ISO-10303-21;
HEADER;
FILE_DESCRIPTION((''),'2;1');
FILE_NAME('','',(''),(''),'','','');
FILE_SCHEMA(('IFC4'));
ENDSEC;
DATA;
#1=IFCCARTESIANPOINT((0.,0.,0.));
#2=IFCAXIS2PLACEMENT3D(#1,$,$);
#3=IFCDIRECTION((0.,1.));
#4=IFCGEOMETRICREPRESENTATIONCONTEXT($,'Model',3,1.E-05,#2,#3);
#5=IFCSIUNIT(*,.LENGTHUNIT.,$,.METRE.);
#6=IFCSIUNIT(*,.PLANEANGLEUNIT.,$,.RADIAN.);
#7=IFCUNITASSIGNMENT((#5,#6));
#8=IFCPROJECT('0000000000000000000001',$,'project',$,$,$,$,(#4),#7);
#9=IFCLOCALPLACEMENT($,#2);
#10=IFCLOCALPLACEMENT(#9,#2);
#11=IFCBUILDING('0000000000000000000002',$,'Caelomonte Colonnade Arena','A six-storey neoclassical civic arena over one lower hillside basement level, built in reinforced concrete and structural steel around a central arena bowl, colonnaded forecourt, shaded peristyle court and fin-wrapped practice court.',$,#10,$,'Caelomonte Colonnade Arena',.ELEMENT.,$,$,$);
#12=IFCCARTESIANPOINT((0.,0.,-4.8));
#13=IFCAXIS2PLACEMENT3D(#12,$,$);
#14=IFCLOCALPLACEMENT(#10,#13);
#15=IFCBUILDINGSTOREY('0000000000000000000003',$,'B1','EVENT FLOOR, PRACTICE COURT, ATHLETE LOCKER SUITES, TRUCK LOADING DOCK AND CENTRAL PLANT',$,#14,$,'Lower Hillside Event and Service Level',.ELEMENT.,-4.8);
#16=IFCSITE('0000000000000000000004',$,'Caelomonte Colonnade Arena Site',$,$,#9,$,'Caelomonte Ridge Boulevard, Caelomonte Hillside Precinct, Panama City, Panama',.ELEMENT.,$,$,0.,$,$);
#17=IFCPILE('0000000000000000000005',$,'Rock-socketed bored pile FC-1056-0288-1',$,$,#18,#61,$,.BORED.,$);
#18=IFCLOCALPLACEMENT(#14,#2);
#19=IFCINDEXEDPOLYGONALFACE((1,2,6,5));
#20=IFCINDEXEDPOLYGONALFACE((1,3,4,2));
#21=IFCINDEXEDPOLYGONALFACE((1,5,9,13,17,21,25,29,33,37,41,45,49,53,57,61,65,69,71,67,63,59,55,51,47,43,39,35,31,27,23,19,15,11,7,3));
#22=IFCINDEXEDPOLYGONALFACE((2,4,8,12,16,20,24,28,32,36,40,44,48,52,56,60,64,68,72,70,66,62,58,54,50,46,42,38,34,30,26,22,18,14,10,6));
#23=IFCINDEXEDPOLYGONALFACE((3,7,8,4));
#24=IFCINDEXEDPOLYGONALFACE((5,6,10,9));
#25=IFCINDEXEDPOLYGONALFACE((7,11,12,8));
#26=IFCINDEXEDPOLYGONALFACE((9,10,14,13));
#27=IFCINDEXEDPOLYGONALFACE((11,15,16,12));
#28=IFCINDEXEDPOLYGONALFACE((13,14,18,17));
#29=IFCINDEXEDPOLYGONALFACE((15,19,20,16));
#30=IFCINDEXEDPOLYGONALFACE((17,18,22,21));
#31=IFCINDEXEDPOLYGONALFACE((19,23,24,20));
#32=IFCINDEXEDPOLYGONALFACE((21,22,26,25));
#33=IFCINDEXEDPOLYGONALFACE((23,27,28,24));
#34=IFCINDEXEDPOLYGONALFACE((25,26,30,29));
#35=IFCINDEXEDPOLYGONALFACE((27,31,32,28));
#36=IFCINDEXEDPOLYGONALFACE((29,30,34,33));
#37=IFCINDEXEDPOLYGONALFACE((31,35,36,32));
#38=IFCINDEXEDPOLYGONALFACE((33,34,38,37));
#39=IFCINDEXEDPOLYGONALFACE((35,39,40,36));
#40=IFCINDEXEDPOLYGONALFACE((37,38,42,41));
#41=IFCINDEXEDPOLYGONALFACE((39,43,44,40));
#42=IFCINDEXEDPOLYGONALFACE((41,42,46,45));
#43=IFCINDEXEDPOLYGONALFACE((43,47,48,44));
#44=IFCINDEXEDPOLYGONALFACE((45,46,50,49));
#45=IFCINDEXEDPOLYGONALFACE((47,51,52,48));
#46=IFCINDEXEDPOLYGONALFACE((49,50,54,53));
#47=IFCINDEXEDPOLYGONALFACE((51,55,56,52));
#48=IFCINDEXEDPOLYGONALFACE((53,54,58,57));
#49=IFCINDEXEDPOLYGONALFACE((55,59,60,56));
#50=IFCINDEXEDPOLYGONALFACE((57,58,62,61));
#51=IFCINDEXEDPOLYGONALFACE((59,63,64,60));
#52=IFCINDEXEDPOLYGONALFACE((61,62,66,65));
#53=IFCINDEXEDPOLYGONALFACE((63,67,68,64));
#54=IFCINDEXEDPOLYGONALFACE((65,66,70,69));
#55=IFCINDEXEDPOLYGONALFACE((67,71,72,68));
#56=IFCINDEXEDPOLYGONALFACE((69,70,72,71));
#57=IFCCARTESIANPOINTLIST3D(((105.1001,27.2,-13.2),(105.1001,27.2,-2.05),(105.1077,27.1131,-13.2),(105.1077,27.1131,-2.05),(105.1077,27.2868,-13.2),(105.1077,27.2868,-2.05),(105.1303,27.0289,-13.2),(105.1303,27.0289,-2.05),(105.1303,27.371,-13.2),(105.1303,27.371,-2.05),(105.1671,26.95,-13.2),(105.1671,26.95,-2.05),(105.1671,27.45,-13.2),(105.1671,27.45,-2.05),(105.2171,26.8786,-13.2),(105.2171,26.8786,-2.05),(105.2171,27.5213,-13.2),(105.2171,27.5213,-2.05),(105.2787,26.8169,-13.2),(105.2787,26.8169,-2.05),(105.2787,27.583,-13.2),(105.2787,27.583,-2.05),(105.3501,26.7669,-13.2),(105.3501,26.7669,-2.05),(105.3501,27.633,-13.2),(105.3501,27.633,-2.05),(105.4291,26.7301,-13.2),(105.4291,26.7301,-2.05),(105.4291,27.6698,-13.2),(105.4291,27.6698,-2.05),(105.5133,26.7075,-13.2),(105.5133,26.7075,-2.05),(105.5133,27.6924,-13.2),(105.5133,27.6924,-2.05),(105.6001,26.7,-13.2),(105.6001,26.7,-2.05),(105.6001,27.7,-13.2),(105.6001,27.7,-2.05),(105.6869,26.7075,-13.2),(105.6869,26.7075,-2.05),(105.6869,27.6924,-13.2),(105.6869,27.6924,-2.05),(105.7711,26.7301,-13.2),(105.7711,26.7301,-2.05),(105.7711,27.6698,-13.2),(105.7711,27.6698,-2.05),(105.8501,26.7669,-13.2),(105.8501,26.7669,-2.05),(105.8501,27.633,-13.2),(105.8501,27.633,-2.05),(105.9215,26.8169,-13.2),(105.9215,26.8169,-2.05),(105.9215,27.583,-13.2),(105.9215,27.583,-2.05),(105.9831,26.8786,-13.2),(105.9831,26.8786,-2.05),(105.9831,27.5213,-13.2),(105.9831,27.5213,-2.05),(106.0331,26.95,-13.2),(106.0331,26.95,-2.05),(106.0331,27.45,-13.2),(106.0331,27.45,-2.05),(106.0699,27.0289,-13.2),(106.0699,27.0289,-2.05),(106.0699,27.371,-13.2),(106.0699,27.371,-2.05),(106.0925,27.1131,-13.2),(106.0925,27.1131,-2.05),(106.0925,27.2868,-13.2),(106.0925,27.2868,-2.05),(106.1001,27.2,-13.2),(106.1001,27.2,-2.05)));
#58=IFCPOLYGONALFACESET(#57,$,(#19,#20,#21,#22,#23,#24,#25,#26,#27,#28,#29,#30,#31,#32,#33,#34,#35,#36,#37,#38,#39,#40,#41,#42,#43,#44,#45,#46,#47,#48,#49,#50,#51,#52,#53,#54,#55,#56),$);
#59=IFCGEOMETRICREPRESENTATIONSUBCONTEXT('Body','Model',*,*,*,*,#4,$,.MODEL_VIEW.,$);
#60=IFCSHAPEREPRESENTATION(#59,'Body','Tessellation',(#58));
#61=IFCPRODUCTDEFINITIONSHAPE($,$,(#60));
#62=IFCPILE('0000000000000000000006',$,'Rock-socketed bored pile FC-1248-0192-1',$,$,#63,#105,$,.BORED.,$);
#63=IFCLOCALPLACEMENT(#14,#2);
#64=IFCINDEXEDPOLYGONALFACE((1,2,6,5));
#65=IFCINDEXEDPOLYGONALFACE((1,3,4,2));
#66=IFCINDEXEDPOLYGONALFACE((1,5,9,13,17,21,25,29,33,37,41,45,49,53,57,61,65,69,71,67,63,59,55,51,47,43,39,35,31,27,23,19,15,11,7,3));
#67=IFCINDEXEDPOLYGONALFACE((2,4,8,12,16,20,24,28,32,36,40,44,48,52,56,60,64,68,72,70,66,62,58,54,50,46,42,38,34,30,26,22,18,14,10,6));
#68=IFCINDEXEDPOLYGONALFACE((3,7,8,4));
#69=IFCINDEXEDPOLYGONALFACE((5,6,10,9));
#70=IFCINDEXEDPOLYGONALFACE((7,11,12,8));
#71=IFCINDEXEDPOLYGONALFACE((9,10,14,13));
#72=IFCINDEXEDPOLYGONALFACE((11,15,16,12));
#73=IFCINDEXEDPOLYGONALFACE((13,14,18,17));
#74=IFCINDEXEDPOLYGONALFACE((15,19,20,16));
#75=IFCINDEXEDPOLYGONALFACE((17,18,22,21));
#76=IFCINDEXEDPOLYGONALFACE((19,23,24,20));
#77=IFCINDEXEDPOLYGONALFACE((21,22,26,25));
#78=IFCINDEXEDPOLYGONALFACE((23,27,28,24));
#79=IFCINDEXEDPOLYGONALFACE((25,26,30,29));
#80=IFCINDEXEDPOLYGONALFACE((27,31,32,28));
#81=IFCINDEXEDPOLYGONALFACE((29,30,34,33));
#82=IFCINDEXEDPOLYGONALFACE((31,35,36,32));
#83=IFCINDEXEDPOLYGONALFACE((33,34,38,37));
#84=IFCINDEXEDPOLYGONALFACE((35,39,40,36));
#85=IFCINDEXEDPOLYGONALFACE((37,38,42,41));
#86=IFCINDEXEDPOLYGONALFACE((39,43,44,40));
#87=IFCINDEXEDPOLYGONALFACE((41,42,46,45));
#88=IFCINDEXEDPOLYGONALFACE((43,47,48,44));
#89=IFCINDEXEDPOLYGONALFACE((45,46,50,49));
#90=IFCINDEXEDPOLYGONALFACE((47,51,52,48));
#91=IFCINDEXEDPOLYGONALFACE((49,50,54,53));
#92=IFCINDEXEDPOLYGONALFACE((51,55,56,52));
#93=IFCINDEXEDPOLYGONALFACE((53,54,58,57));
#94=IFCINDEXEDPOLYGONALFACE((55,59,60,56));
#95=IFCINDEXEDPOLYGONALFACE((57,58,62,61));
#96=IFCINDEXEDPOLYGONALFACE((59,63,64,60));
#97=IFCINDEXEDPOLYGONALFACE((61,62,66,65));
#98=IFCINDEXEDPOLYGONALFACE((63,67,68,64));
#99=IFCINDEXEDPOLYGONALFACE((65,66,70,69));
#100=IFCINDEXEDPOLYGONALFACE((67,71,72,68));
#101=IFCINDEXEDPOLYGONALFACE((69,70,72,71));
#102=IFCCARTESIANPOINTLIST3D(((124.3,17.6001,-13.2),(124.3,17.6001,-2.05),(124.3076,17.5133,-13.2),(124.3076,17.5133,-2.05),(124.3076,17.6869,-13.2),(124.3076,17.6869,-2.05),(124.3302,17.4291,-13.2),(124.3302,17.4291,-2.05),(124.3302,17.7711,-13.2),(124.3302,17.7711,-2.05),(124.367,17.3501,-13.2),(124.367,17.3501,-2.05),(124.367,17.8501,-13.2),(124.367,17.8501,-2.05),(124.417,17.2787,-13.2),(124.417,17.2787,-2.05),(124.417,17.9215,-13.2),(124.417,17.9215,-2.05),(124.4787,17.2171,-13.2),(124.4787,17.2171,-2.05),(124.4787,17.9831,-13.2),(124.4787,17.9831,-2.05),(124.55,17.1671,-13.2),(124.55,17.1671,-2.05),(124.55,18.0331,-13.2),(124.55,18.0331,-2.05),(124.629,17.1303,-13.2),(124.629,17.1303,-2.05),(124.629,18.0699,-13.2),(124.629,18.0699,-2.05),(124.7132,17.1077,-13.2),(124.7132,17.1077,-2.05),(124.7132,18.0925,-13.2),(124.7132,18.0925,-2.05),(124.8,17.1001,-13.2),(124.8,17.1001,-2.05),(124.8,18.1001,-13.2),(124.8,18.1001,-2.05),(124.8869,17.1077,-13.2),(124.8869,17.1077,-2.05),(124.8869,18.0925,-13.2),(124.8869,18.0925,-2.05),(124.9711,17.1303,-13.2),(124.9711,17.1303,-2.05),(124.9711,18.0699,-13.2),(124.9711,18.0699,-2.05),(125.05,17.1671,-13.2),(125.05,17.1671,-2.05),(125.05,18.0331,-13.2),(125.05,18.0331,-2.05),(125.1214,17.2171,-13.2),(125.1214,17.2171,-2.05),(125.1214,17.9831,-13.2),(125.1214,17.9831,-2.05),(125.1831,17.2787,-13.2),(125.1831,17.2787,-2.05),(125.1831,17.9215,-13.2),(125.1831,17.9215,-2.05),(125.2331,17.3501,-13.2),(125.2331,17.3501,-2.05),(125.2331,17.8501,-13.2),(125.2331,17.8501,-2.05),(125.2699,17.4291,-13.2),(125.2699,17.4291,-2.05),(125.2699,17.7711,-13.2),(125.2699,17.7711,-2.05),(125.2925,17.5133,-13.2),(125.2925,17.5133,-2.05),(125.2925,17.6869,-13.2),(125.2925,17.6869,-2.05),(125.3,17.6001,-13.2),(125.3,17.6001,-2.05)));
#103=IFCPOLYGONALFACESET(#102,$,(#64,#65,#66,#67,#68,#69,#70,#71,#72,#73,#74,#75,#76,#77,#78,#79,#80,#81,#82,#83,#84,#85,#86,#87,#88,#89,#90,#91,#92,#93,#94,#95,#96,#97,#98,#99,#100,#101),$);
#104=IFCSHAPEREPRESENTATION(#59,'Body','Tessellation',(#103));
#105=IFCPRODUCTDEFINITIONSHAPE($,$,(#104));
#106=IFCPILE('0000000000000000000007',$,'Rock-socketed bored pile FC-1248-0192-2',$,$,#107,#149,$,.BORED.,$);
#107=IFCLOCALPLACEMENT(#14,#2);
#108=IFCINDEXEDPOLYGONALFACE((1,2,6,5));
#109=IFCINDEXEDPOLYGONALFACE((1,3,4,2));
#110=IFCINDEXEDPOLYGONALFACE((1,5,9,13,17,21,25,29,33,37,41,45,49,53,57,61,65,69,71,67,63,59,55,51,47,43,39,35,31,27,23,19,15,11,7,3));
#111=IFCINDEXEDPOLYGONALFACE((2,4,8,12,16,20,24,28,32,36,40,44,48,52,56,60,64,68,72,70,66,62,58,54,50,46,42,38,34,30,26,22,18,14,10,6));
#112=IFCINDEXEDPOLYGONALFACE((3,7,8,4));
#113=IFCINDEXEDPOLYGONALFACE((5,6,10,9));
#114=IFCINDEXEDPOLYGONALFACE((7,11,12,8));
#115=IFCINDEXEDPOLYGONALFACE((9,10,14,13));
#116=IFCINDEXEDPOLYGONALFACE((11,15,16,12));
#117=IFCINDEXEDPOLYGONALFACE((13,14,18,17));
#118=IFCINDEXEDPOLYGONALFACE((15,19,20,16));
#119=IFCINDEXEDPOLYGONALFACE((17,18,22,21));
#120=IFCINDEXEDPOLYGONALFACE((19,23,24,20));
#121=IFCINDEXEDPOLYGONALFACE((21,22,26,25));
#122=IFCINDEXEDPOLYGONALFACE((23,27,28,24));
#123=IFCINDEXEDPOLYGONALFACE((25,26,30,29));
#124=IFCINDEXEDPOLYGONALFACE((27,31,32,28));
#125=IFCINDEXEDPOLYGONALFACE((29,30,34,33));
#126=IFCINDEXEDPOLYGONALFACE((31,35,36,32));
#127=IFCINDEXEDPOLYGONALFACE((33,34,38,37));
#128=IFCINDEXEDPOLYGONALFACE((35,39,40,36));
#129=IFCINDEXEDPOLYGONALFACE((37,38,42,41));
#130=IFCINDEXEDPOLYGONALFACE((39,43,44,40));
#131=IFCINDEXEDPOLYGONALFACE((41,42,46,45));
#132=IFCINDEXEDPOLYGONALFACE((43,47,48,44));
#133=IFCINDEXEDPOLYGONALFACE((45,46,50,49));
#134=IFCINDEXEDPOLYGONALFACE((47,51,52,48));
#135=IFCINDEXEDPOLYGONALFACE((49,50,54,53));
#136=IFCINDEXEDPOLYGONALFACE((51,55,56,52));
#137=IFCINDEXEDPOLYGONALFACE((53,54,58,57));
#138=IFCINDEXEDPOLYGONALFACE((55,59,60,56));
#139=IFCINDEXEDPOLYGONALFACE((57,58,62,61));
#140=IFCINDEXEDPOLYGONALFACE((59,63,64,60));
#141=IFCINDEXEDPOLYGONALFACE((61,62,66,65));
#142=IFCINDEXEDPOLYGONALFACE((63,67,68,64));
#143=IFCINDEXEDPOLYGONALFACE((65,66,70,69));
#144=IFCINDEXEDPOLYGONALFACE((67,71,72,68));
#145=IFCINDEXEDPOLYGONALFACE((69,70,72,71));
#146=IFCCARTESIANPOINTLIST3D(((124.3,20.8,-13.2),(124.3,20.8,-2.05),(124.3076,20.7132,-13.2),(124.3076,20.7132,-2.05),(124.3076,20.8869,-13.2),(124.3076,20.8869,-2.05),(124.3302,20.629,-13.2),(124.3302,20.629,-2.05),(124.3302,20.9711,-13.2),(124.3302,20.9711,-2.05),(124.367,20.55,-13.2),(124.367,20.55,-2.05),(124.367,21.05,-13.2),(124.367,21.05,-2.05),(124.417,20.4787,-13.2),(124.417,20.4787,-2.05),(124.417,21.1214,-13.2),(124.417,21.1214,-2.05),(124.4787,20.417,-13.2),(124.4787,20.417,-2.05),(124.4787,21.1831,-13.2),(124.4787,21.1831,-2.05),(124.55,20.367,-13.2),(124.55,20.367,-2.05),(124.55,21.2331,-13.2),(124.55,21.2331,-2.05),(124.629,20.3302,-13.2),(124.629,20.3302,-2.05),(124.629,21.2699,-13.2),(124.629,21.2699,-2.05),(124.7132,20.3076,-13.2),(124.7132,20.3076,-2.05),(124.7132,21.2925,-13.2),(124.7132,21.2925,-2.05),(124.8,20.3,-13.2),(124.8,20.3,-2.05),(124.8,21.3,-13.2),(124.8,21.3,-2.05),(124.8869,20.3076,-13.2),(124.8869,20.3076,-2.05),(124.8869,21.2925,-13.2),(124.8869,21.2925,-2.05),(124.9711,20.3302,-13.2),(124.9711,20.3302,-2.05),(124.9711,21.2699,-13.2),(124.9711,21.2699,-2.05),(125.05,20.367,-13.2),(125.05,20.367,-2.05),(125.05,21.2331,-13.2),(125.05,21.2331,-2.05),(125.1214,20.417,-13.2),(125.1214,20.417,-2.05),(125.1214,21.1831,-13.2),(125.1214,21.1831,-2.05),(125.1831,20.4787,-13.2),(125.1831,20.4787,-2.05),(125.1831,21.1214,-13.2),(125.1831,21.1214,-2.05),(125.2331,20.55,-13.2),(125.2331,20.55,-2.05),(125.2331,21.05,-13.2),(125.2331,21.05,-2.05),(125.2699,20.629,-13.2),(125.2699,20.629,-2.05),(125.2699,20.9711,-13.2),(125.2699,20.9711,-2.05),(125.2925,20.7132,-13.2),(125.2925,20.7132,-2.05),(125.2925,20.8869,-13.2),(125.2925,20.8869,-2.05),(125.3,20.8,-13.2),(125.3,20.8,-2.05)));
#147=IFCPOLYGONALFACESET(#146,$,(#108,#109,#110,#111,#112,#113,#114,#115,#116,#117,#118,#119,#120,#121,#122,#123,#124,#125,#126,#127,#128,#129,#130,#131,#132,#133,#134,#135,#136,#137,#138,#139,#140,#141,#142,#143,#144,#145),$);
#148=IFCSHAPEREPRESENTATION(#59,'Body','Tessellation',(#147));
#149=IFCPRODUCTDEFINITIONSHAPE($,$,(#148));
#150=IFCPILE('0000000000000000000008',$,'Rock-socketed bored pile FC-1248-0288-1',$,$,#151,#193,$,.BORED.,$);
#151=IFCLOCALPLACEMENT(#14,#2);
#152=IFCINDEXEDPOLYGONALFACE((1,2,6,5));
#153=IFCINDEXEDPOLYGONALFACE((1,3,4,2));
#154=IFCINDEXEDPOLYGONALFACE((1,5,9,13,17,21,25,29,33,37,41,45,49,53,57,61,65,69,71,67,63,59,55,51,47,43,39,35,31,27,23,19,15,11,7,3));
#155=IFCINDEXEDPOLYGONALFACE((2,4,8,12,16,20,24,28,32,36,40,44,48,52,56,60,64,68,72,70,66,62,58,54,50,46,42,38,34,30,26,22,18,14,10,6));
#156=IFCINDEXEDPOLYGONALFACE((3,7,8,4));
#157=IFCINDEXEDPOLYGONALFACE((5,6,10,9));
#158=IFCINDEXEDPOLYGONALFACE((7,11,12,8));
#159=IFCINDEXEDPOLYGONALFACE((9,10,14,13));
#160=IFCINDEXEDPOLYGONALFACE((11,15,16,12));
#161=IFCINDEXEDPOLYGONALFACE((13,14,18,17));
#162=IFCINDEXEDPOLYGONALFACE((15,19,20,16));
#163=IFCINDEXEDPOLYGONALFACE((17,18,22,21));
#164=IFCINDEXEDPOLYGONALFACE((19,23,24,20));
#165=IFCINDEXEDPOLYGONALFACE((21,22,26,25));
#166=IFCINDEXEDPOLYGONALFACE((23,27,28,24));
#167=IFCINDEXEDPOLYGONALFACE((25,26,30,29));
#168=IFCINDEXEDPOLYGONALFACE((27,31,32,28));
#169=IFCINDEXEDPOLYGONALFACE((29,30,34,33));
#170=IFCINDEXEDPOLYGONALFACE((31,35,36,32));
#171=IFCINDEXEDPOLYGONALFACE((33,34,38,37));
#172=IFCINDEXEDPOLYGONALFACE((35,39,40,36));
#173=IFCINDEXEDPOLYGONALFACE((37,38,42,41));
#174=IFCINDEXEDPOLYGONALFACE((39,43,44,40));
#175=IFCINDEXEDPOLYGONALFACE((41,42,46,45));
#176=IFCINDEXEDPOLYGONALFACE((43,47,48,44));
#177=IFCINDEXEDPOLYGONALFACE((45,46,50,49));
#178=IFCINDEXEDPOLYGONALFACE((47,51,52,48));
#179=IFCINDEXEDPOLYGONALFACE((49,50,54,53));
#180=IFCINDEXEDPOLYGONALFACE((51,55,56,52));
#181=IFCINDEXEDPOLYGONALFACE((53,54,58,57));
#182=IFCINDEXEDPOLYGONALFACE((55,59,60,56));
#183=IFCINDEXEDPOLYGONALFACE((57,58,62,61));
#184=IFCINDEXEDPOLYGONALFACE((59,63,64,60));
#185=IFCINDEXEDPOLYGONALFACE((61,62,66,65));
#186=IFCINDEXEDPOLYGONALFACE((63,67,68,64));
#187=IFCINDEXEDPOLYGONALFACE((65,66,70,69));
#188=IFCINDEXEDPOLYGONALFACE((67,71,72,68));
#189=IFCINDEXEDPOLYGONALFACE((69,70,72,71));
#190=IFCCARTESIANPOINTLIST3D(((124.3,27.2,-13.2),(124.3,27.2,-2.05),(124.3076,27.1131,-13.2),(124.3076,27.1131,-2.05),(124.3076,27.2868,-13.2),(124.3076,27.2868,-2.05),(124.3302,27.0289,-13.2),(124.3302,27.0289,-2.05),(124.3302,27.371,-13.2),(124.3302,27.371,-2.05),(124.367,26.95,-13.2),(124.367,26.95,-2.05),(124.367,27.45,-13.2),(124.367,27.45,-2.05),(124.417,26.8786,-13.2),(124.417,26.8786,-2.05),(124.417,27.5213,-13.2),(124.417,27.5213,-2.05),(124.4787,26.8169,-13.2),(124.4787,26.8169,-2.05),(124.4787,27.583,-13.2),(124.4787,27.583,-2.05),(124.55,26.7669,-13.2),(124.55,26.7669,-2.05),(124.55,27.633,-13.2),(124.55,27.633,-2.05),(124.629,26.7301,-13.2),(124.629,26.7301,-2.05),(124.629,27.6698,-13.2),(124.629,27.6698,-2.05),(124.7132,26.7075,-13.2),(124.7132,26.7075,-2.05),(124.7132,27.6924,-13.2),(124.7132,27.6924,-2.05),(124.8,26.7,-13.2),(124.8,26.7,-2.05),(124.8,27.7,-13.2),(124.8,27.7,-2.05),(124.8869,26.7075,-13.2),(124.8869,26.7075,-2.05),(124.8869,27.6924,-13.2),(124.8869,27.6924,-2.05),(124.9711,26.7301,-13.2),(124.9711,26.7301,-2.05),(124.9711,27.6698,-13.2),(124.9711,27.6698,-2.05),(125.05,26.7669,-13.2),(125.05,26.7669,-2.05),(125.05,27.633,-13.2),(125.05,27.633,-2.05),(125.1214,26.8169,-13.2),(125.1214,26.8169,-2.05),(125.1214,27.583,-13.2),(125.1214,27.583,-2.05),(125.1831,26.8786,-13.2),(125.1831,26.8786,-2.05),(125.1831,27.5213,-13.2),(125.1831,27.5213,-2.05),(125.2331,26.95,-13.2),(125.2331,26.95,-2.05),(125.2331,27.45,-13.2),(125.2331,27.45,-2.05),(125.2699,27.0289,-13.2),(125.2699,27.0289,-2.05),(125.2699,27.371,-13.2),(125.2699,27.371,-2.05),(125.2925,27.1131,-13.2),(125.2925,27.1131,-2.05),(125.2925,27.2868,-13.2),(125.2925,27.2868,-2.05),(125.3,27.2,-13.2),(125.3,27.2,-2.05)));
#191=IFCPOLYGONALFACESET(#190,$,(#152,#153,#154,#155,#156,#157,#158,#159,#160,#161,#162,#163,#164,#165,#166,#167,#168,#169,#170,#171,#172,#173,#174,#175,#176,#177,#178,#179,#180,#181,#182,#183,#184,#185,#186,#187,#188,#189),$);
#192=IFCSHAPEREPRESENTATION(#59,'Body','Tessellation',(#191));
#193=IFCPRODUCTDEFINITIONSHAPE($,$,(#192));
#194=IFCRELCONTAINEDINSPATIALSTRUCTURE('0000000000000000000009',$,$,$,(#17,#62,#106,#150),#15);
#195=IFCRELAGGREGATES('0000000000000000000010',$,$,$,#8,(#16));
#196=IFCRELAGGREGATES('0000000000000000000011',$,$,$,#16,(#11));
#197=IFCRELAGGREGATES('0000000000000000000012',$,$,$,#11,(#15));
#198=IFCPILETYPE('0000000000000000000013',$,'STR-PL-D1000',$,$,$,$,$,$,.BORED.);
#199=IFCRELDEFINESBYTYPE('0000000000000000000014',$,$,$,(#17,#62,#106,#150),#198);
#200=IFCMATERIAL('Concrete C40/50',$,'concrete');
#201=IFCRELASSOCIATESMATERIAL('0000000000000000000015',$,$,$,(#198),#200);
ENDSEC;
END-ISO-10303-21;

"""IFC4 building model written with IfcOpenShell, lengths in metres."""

from ifc_helpers import new_model, si_unit, direction, frame, origin, origin_2d, place, context, subcontext, project, spatial, circle, extrude, material, material_profile, profile_set, type_object, element, save


model = new_model("IFC4")

# Units and contexts
model_context = context("Model", 3, precision=1e-05, world=origin(), true_north=direction((0.0, 1.0)))
body_context = subcontext(model_context, "Body", "Model", "MODEL_VIEW")
ifc_project = project(units=[si_unit("LENGTHUNIT", "METRE"), si_unit("PLANEANGLEUNIT", "RADIAN")], contexts=[model_context])

# Site, building, storey
site_placement = place(None, origin())
site = spatial("IfcSite", under=ifc_project, at=site_placement, Name="Caelomonte Colonnade Arena Site", LongName="Caelomonte Ridge Boulevard, Caelomonte Hillside Precinct, Panama City, Panama", CompositionType="ELEMENT", RefElevation=0.0)
building_placement = place(site_placement, origin())
building = spatial("IfcBuilding", under=site, at=building_placement, Name="Caelomonte Colonnade Arena", Description="A six-storey neoclassical civic arena over one lower hillside basement level, built in reinforced concrete and structural steel around a central arena bowl, colonnaded forecourt, shaded peristyle court and fin-wrapped practice court.", LongName="Caelomonte Colonnade Arena", CompositionType="ELEMENT")
storey_placement = place(building_placement, frame((0.0, 0.0, -4.8)))
storey = spatial("IfcBuildingStorey", under=building, at=storey_placement, Name="B1", Description="EVENT FLOOR, PRACTICE COURT, ATHLETE LOCKER SUITES, TRUCK LOADING DOCK AND CENTRAL PLANT", LongName="Lower Hillside Event and Service Level", CompositionType="ELEMENT", Elevation=-4.8)

# Shared definitions
ifc_material_1 = material(Name="Concrete C40/50", Category="concrete")

# Piles
ifc_material_profile_1 = material_profile(ifc_material_1, circle(Radius=0.5, at=origin_2d()), Name="PILE-D1000")
ifc_profile_set_1 = profile_set([ifc_material_profile_1], Name="Concrete C40/50")
pile_type_1 = type_object("IfcPileType", Name="STR-PL-D1000", PredefinedType="BORED", material=ifc_profile_set_1)
for number, where, z_axis, x_axis, name in (
    (1, (105.6001, 27.2, -2.05), (0.0, 0.0, -1.0), (1.0, 0.0, 0.0), "Rock-socketed bored pile FC-1056-0288-1"),
    (2, (124.8, 17.6001, -2.05), (0.0, 0.0, -1.0), (1.0, 0.0, 0.0), "Rock-socketed bored pile FC-1248-0192-1"),
    (3, (124.8, 20.8, -2.05), (0.0, 0.0, -1.0), (1.0, 0.0, 0.0), "Rock-socketed bored pile FC-1248-0192-2"),
    (4, (124.8, 27.2, -2.05), (0.0, 0.0, -1.0), (1.0, 0.0, 0.0), "Rock-socketed bored pile FC-1248-0288-1"),
):
    element("IfcPile", number, at=place(storey_placement, frame(where, z_axis=z_axis, x_axis=x_axis)), inside=storey, type_object=pile_type_1, Name=name, PredefinedType="BORED", context=body_context, shape_type="SweptSolid", body=[
        extrude(circle(Radius=0.5, at=origin_2d()), origin(), (0.0, 0.0, 1.0), 11.1499),
    ])

save(model, "model.ifc")
